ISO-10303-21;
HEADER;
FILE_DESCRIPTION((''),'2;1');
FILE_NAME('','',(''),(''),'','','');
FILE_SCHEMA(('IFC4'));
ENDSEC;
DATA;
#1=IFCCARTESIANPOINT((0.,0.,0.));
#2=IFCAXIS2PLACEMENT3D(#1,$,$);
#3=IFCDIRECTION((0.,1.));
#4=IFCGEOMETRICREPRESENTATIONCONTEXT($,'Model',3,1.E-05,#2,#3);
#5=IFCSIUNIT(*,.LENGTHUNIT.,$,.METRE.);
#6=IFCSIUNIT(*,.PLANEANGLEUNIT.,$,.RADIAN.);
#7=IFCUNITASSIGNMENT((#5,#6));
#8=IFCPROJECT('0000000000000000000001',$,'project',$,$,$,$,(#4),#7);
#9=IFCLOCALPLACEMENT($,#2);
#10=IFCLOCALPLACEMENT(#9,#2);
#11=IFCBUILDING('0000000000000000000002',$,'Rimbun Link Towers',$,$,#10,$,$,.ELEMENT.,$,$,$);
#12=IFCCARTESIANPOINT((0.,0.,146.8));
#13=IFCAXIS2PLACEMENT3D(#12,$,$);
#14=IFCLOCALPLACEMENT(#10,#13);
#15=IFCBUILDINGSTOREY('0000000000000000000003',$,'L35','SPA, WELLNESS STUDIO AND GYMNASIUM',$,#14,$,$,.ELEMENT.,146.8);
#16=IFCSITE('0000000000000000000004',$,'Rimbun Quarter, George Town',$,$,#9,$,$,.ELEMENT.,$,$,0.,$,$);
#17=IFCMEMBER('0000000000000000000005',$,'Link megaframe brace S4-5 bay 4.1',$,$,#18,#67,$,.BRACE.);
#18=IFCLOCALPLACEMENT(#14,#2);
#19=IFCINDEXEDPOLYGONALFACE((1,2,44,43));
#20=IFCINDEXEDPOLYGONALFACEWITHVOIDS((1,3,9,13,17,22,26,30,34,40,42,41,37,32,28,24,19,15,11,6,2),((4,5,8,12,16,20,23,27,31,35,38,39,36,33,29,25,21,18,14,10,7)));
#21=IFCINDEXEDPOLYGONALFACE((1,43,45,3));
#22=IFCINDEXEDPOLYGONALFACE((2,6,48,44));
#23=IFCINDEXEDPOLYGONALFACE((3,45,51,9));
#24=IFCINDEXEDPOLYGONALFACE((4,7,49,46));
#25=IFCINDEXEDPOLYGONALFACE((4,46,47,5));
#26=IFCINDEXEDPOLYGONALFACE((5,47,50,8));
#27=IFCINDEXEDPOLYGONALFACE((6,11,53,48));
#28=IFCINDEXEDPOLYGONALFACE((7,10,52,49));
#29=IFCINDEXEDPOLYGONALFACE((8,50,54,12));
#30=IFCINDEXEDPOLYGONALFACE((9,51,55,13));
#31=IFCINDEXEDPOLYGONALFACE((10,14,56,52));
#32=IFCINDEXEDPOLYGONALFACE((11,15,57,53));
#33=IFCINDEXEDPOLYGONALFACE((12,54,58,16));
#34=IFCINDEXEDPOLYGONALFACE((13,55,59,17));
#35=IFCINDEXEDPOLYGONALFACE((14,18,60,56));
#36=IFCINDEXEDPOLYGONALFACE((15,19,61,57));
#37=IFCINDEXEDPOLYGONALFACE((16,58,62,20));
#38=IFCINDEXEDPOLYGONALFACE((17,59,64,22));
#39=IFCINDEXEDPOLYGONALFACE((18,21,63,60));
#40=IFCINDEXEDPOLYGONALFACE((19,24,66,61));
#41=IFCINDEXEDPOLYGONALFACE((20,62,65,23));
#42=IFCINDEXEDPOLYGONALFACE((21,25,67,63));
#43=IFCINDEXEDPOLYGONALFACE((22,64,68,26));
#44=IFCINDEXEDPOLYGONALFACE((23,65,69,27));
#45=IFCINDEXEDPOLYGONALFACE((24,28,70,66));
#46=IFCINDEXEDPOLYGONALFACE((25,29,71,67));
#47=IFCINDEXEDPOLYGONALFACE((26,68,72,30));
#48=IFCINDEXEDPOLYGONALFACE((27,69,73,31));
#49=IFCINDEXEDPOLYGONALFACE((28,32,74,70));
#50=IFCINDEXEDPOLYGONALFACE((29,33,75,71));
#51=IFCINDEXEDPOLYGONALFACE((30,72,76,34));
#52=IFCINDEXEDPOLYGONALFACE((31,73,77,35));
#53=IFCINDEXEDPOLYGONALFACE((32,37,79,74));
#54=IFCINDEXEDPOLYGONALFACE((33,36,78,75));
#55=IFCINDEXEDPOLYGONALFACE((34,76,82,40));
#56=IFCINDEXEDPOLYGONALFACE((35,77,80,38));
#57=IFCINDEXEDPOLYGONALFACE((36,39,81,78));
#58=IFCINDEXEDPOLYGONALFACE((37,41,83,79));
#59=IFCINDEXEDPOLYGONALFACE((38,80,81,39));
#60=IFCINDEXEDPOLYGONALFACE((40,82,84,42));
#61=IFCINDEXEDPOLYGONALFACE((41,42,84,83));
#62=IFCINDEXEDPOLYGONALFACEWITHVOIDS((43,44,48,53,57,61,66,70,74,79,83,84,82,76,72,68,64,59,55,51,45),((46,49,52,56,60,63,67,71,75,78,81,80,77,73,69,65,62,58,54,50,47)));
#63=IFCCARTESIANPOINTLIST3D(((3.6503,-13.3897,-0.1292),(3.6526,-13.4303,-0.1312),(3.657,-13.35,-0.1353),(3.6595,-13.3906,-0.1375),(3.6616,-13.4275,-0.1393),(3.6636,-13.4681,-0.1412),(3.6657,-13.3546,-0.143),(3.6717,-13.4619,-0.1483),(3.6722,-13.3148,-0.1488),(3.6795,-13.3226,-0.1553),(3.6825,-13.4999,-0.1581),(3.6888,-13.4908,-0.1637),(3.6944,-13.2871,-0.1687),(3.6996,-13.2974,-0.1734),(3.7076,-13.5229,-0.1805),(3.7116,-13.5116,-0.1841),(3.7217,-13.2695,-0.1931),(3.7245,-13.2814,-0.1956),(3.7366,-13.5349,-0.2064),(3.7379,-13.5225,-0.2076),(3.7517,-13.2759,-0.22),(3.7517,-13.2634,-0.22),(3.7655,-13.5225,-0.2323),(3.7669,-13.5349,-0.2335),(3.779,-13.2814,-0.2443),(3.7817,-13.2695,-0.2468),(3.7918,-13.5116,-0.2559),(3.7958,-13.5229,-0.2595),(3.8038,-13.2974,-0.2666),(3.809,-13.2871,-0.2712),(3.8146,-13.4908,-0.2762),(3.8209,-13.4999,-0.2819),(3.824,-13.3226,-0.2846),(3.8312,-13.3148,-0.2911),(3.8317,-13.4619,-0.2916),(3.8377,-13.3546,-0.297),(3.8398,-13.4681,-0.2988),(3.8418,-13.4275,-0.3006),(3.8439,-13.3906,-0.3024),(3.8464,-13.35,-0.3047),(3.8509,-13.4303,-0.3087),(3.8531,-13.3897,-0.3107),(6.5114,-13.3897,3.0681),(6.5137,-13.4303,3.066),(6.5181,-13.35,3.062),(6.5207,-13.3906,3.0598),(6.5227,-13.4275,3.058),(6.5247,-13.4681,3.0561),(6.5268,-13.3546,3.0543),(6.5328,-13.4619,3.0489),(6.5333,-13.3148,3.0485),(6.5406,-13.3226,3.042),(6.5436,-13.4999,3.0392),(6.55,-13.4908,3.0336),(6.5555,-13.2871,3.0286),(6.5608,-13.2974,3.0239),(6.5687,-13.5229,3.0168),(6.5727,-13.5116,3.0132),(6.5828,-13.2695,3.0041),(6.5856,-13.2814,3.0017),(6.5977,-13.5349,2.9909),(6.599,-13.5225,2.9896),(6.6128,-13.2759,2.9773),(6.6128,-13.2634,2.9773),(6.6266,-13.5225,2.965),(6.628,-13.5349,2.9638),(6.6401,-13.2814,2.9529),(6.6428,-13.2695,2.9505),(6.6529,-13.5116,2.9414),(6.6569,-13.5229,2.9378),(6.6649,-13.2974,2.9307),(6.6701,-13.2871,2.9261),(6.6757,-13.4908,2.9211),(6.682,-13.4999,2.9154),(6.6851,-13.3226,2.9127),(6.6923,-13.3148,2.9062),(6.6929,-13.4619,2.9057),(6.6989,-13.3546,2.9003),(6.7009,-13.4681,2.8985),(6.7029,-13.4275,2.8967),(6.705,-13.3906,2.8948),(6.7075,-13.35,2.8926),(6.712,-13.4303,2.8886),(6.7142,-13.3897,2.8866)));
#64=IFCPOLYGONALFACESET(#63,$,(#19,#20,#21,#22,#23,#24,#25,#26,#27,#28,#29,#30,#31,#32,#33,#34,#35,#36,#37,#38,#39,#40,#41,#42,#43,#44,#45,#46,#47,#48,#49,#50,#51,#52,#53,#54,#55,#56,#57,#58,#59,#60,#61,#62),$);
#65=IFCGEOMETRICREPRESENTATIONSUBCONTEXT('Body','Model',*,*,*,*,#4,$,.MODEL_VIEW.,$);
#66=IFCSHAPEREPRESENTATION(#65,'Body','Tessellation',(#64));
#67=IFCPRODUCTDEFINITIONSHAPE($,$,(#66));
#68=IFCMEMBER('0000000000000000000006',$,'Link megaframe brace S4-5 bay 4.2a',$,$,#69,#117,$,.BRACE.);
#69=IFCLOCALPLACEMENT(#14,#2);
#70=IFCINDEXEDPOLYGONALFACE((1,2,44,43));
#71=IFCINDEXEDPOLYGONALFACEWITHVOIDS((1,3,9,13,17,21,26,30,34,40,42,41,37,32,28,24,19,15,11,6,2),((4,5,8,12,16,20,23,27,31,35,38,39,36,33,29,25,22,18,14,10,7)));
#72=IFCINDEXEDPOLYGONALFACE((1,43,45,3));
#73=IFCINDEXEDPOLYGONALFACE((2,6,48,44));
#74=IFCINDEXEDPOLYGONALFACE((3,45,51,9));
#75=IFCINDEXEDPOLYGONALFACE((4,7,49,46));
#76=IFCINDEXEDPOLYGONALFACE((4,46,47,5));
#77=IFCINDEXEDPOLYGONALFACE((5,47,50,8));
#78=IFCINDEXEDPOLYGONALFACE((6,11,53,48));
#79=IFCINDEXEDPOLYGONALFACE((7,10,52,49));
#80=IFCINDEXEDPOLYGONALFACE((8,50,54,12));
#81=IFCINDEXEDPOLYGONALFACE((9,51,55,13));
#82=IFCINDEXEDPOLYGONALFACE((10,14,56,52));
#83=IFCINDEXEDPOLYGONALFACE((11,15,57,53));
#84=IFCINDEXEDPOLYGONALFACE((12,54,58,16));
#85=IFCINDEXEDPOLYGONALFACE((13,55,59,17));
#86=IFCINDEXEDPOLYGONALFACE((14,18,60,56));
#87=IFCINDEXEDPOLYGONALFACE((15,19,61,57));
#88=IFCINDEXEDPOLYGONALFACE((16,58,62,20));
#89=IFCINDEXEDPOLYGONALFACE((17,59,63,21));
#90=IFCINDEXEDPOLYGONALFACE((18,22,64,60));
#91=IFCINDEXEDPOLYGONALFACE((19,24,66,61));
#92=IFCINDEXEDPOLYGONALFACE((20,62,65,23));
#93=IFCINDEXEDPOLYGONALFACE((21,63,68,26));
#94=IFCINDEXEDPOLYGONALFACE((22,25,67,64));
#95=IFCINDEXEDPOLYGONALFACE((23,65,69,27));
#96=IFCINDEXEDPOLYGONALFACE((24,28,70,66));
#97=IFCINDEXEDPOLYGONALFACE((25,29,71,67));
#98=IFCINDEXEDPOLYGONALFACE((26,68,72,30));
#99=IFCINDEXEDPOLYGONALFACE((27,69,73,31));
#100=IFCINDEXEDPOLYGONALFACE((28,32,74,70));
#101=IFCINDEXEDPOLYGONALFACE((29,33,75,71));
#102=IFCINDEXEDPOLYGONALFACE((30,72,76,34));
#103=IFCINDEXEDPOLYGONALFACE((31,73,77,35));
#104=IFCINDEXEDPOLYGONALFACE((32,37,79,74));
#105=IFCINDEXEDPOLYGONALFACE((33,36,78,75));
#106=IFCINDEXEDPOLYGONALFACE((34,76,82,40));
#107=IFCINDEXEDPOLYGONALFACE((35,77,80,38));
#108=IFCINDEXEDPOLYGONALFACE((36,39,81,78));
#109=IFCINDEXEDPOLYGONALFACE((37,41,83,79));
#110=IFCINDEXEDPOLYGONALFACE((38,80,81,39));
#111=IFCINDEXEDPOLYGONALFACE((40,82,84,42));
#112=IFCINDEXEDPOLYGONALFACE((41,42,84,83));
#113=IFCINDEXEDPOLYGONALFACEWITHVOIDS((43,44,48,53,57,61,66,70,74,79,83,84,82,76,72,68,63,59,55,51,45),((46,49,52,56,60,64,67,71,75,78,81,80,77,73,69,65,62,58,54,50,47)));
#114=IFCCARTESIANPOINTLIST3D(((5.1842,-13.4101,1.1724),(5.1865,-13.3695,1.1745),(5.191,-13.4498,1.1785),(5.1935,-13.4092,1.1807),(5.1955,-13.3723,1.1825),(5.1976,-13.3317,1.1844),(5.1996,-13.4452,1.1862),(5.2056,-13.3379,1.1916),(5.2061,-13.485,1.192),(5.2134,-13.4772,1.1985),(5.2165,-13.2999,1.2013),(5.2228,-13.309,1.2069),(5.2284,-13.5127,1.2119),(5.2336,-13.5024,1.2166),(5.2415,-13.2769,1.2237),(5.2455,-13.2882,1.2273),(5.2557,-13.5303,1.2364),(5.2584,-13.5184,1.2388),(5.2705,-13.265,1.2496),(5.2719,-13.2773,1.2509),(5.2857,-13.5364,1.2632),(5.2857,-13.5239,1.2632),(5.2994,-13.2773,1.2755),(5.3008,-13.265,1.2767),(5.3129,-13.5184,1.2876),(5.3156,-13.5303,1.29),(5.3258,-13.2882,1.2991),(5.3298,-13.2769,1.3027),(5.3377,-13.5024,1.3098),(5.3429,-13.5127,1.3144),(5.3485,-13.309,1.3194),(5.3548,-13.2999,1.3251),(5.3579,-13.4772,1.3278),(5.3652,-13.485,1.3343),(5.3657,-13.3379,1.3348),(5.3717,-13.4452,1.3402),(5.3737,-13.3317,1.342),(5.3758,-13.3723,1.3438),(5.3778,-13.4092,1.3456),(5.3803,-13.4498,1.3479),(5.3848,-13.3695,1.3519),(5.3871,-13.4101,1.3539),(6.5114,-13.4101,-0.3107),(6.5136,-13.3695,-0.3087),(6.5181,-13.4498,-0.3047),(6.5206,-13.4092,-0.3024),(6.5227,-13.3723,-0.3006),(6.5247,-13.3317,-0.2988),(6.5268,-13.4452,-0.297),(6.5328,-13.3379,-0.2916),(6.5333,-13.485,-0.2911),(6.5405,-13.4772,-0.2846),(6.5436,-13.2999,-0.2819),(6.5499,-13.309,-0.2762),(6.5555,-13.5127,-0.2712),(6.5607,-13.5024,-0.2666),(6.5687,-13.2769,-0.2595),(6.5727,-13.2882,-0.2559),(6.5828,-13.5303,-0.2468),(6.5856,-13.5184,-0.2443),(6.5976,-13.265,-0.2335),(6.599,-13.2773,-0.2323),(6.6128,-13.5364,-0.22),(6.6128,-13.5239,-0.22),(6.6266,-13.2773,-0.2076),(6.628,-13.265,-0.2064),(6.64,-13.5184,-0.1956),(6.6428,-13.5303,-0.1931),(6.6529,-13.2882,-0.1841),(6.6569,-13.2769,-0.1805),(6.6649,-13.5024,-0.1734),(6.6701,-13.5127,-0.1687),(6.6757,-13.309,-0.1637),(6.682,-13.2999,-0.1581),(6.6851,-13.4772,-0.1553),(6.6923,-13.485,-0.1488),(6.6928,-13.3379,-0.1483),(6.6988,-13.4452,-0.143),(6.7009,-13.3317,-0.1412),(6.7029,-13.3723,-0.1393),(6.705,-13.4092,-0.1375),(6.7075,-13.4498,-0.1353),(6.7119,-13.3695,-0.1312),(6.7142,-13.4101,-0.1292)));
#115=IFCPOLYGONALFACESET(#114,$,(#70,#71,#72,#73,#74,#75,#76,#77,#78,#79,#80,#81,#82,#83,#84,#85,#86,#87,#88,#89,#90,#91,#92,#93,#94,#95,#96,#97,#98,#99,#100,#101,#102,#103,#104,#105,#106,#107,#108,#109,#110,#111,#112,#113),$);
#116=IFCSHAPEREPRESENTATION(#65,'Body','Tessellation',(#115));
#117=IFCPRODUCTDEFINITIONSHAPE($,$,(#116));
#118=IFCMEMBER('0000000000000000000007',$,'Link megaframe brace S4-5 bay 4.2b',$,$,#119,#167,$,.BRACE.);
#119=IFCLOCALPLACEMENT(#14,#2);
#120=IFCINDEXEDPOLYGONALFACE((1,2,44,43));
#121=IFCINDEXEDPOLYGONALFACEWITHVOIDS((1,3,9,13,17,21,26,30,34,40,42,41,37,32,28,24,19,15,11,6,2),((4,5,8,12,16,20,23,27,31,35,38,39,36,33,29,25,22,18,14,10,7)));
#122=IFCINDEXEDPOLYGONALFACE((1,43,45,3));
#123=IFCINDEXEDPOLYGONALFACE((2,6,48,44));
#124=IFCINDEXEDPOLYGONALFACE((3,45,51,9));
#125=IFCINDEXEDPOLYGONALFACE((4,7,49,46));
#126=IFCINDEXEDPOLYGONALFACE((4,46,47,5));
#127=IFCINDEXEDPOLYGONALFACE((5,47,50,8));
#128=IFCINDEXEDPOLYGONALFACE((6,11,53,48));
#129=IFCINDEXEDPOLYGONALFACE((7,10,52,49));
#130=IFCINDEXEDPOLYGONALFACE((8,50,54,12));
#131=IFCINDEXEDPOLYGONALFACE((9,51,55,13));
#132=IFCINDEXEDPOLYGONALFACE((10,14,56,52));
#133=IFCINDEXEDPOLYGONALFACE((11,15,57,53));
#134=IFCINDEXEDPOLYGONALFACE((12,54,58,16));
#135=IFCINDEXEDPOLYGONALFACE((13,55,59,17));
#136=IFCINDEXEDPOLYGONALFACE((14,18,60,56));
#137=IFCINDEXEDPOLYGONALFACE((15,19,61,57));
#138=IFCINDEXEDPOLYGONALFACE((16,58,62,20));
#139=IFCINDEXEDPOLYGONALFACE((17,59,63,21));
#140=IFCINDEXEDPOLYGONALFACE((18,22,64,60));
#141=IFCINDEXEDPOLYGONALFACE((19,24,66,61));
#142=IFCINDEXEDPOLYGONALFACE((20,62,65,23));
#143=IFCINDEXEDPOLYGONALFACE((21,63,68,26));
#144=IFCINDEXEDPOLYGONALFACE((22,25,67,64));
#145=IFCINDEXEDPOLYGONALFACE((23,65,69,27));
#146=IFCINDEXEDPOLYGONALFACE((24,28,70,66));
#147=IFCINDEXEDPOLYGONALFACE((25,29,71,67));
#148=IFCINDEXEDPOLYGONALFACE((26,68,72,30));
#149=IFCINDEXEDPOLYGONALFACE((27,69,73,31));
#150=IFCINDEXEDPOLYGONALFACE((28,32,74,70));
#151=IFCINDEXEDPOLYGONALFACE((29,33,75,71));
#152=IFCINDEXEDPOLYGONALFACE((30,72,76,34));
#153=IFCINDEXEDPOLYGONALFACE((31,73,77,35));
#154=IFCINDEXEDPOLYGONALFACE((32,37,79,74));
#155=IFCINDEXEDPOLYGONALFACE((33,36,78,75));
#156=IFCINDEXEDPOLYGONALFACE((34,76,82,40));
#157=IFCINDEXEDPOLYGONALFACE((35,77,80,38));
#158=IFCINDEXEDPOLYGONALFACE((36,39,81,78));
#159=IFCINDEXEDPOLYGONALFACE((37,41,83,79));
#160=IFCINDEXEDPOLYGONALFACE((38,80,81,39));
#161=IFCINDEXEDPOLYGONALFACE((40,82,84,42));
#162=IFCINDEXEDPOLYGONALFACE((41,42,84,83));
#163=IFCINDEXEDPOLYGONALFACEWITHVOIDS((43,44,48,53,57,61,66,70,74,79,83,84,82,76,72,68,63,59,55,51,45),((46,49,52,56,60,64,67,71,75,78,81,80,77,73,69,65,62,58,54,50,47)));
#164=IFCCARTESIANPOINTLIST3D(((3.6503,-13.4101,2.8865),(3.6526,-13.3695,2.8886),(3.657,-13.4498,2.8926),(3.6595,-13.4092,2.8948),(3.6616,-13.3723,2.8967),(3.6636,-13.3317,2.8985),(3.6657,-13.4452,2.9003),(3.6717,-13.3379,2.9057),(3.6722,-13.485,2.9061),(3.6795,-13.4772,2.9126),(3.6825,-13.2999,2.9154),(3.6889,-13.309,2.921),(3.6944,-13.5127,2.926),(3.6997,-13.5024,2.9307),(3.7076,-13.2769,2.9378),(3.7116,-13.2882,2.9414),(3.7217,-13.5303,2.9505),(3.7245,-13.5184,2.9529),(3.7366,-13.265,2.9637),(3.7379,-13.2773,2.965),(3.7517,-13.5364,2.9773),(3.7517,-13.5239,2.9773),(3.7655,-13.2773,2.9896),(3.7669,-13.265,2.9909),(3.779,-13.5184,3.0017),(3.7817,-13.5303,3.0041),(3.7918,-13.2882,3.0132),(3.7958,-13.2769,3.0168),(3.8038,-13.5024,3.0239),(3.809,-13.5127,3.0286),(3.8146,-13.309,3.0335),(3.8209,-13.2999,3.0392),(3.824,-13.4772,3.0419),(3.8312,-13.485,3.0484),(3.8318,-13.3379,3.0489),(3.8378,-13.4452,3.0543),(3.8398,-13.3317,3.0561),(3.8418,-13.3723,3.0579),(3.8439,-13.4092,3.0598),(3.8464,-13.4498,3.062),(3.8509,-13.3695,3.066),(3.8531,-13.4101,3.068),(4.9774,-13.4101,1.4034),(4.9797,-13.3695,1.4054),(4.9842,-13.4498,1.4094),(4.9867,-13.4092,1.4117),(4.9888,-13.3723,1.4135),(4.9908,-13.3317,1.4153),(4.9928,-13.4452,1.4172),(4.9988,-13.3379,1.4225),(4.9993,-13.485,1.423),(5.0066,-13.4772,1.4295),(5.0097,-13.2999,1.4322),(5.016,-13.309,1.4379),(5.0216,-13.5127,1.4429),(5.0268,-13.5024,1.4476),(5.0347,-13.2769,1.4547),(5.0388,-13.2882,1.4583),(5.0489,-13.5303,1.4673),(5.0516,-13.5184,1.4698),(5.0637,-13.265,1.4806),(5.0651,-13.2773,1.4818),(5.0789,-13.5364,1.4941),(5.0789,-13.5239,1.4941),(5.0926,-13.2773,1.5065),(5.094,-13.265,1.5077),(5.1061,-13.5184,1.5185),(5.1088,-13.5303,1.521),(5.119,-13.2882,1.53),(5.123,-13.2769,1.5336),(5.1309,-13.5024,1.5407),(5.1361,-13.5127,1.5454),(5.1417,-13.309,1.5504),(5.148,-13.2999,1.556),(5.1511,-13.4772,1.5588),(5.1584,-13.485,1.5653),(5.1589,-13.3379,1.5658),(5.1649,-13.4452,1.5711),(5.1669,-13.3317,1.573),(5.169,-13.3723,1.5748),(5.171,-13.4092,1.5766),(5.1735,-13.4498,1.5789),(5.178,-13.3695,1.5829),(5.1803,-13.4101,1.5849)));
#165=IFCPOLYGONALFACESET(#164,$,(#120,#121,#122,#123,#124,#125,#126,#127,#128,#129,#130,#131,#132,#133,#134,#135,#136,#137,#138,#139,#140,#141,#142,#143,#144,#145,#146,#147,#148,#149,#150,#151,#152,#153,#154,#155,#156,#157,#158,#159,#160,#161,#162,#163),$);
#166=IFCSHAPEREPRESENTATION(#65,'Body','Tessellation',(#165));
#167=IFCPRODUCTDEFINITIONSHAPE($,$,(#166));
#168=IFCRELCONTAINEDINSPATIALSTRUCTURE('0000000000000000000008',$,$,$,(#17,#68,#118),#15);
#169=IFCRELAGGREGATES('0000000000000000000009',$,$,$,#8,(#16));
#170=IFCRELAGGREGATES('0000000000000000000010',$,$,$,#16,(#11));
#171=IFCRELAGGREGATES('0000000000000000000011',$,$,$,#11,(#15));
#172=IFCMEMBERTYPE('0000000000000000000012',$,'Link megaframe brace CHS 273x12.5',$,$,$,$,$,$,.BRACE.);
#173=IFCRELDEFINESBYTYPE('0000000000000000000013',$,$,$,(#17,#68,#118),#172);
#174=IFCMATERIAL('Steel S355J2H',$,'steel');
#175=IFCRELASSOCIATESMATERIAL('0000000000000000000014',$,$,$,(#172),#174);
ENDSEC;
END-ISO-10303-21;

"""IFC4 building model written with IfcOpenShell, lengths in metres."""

from ifc_helpers import new_model, si_unit, direction, frame, origin, origin_2d, place, context, subcontext, project, spatial, hollow_circle, extrude, material, material_profile, profile_set, type_object, element, save


model = new_model("IFC4")

# Units and contexts
model_context = context("Model", 3, precision=1e-05, world=origin(), true_north=direction((0.0, 1.0)))
body_context = subcontext(model_context, "Body", "Model", "MODEL_VIEW")
ifc_project = project(units=[si_unit("LENGTHUNIT", "METRE"), si_unit("PLANEANGLEUNIT", "RADIAN")], contexts=[model_context])

# Site, building, storey
site_placement = place(None, origin())
site = spatial("IfcSite", under=ifc_project, at=site_placement, Name="Rimbun Quarter, George Town", CompositionType="ELEMENT", RefElevation=0.0)
building_placement = place(site_placement, origin())
building = spatial("IfcBuilding", under=site, at=building_placement, Name="Rimbun Link Towers", CompositionType="ELEMENT")
storey_placement = place(building_placement, frame((0.0, 0.0, 146.8)))
storey = spatial("IfcBuildingStorey", under=building, at=storey_placement, Name="L35", Description="SPA, WELLNESS STUDIO AND GYMNASIUM", CompositionType="ELEMENT", Elevation=146.8)

# Members
ifc_material_1 = material(Name="Steel S355J2H", Category="steel")
ifc_material_profile_1 = material_profile(ifc_material_1, hollow_circle(Radius=0.1365, WallThickness=0.0125, at=origin_2d()), Name="CHS 273x12.5")
ifc_profile_set_1 = profile_set([ifc_material_profile_1], Name="Steel S355J2H")
member_type_1 = type_object("IfcMemberType", Name="Link megaframe brace CHS 273x12.5", PredefinedType="BRACE", material=ifc_profile_set_1)
member_1_placement = place(storey_placement, frame((3.7517, -13.3999, -0.22), z_axis=(0.666843, 0.0, 0.745198), x_axis=(0.0, 1.0, 0.0)))
element("IfcMember", 1, at=member_1_placement, inside=storey, type_object=member_type_1, Name="Link megaframe brace S4-5 bay 4.1", PredefinedType="BRACE", context=body_context, shape_type="SweptSolid", body=[
    extrude(hollow_circle(Radius=0.1365, WallThickness=0.0125, at=origin_2d()), origin(), (0.0, 0.0, 1.0), 4.2905),
])
for number, where, z_axis, x_axis, name in (
    (2, (6.6128, -13.3999, -0.22), (-0.666827, 0.0, 0.745212), (0.0, -1.0, 0.0), "Link megaframe brace S4-5 bay 4.2a"),
    (3, (5.0789, -13.3999, 1.4941), (-0.666827, 0.0, 0.745212), (0.0, -1.0, 0.0), "Link megaframe brace S4-5 bay 4.2b"),
):
    element("IfcMember", number, at=place(storey_placement, frame(where, z_axis=z_axis, x_axis=x_axis)), inside=storey, type_object=member_type_1, Name=name, PredefinedType="BRACE", context=body_context, shape_type="SweptSolid", body=[
        extrude(hollow_circle(Radius=0.1365, WallThickness=0.0125, at=origin_2d()), origin(), (0.0, 0.0, 1.0), 1.9902),
    ])

save(model, "model.ifc")
